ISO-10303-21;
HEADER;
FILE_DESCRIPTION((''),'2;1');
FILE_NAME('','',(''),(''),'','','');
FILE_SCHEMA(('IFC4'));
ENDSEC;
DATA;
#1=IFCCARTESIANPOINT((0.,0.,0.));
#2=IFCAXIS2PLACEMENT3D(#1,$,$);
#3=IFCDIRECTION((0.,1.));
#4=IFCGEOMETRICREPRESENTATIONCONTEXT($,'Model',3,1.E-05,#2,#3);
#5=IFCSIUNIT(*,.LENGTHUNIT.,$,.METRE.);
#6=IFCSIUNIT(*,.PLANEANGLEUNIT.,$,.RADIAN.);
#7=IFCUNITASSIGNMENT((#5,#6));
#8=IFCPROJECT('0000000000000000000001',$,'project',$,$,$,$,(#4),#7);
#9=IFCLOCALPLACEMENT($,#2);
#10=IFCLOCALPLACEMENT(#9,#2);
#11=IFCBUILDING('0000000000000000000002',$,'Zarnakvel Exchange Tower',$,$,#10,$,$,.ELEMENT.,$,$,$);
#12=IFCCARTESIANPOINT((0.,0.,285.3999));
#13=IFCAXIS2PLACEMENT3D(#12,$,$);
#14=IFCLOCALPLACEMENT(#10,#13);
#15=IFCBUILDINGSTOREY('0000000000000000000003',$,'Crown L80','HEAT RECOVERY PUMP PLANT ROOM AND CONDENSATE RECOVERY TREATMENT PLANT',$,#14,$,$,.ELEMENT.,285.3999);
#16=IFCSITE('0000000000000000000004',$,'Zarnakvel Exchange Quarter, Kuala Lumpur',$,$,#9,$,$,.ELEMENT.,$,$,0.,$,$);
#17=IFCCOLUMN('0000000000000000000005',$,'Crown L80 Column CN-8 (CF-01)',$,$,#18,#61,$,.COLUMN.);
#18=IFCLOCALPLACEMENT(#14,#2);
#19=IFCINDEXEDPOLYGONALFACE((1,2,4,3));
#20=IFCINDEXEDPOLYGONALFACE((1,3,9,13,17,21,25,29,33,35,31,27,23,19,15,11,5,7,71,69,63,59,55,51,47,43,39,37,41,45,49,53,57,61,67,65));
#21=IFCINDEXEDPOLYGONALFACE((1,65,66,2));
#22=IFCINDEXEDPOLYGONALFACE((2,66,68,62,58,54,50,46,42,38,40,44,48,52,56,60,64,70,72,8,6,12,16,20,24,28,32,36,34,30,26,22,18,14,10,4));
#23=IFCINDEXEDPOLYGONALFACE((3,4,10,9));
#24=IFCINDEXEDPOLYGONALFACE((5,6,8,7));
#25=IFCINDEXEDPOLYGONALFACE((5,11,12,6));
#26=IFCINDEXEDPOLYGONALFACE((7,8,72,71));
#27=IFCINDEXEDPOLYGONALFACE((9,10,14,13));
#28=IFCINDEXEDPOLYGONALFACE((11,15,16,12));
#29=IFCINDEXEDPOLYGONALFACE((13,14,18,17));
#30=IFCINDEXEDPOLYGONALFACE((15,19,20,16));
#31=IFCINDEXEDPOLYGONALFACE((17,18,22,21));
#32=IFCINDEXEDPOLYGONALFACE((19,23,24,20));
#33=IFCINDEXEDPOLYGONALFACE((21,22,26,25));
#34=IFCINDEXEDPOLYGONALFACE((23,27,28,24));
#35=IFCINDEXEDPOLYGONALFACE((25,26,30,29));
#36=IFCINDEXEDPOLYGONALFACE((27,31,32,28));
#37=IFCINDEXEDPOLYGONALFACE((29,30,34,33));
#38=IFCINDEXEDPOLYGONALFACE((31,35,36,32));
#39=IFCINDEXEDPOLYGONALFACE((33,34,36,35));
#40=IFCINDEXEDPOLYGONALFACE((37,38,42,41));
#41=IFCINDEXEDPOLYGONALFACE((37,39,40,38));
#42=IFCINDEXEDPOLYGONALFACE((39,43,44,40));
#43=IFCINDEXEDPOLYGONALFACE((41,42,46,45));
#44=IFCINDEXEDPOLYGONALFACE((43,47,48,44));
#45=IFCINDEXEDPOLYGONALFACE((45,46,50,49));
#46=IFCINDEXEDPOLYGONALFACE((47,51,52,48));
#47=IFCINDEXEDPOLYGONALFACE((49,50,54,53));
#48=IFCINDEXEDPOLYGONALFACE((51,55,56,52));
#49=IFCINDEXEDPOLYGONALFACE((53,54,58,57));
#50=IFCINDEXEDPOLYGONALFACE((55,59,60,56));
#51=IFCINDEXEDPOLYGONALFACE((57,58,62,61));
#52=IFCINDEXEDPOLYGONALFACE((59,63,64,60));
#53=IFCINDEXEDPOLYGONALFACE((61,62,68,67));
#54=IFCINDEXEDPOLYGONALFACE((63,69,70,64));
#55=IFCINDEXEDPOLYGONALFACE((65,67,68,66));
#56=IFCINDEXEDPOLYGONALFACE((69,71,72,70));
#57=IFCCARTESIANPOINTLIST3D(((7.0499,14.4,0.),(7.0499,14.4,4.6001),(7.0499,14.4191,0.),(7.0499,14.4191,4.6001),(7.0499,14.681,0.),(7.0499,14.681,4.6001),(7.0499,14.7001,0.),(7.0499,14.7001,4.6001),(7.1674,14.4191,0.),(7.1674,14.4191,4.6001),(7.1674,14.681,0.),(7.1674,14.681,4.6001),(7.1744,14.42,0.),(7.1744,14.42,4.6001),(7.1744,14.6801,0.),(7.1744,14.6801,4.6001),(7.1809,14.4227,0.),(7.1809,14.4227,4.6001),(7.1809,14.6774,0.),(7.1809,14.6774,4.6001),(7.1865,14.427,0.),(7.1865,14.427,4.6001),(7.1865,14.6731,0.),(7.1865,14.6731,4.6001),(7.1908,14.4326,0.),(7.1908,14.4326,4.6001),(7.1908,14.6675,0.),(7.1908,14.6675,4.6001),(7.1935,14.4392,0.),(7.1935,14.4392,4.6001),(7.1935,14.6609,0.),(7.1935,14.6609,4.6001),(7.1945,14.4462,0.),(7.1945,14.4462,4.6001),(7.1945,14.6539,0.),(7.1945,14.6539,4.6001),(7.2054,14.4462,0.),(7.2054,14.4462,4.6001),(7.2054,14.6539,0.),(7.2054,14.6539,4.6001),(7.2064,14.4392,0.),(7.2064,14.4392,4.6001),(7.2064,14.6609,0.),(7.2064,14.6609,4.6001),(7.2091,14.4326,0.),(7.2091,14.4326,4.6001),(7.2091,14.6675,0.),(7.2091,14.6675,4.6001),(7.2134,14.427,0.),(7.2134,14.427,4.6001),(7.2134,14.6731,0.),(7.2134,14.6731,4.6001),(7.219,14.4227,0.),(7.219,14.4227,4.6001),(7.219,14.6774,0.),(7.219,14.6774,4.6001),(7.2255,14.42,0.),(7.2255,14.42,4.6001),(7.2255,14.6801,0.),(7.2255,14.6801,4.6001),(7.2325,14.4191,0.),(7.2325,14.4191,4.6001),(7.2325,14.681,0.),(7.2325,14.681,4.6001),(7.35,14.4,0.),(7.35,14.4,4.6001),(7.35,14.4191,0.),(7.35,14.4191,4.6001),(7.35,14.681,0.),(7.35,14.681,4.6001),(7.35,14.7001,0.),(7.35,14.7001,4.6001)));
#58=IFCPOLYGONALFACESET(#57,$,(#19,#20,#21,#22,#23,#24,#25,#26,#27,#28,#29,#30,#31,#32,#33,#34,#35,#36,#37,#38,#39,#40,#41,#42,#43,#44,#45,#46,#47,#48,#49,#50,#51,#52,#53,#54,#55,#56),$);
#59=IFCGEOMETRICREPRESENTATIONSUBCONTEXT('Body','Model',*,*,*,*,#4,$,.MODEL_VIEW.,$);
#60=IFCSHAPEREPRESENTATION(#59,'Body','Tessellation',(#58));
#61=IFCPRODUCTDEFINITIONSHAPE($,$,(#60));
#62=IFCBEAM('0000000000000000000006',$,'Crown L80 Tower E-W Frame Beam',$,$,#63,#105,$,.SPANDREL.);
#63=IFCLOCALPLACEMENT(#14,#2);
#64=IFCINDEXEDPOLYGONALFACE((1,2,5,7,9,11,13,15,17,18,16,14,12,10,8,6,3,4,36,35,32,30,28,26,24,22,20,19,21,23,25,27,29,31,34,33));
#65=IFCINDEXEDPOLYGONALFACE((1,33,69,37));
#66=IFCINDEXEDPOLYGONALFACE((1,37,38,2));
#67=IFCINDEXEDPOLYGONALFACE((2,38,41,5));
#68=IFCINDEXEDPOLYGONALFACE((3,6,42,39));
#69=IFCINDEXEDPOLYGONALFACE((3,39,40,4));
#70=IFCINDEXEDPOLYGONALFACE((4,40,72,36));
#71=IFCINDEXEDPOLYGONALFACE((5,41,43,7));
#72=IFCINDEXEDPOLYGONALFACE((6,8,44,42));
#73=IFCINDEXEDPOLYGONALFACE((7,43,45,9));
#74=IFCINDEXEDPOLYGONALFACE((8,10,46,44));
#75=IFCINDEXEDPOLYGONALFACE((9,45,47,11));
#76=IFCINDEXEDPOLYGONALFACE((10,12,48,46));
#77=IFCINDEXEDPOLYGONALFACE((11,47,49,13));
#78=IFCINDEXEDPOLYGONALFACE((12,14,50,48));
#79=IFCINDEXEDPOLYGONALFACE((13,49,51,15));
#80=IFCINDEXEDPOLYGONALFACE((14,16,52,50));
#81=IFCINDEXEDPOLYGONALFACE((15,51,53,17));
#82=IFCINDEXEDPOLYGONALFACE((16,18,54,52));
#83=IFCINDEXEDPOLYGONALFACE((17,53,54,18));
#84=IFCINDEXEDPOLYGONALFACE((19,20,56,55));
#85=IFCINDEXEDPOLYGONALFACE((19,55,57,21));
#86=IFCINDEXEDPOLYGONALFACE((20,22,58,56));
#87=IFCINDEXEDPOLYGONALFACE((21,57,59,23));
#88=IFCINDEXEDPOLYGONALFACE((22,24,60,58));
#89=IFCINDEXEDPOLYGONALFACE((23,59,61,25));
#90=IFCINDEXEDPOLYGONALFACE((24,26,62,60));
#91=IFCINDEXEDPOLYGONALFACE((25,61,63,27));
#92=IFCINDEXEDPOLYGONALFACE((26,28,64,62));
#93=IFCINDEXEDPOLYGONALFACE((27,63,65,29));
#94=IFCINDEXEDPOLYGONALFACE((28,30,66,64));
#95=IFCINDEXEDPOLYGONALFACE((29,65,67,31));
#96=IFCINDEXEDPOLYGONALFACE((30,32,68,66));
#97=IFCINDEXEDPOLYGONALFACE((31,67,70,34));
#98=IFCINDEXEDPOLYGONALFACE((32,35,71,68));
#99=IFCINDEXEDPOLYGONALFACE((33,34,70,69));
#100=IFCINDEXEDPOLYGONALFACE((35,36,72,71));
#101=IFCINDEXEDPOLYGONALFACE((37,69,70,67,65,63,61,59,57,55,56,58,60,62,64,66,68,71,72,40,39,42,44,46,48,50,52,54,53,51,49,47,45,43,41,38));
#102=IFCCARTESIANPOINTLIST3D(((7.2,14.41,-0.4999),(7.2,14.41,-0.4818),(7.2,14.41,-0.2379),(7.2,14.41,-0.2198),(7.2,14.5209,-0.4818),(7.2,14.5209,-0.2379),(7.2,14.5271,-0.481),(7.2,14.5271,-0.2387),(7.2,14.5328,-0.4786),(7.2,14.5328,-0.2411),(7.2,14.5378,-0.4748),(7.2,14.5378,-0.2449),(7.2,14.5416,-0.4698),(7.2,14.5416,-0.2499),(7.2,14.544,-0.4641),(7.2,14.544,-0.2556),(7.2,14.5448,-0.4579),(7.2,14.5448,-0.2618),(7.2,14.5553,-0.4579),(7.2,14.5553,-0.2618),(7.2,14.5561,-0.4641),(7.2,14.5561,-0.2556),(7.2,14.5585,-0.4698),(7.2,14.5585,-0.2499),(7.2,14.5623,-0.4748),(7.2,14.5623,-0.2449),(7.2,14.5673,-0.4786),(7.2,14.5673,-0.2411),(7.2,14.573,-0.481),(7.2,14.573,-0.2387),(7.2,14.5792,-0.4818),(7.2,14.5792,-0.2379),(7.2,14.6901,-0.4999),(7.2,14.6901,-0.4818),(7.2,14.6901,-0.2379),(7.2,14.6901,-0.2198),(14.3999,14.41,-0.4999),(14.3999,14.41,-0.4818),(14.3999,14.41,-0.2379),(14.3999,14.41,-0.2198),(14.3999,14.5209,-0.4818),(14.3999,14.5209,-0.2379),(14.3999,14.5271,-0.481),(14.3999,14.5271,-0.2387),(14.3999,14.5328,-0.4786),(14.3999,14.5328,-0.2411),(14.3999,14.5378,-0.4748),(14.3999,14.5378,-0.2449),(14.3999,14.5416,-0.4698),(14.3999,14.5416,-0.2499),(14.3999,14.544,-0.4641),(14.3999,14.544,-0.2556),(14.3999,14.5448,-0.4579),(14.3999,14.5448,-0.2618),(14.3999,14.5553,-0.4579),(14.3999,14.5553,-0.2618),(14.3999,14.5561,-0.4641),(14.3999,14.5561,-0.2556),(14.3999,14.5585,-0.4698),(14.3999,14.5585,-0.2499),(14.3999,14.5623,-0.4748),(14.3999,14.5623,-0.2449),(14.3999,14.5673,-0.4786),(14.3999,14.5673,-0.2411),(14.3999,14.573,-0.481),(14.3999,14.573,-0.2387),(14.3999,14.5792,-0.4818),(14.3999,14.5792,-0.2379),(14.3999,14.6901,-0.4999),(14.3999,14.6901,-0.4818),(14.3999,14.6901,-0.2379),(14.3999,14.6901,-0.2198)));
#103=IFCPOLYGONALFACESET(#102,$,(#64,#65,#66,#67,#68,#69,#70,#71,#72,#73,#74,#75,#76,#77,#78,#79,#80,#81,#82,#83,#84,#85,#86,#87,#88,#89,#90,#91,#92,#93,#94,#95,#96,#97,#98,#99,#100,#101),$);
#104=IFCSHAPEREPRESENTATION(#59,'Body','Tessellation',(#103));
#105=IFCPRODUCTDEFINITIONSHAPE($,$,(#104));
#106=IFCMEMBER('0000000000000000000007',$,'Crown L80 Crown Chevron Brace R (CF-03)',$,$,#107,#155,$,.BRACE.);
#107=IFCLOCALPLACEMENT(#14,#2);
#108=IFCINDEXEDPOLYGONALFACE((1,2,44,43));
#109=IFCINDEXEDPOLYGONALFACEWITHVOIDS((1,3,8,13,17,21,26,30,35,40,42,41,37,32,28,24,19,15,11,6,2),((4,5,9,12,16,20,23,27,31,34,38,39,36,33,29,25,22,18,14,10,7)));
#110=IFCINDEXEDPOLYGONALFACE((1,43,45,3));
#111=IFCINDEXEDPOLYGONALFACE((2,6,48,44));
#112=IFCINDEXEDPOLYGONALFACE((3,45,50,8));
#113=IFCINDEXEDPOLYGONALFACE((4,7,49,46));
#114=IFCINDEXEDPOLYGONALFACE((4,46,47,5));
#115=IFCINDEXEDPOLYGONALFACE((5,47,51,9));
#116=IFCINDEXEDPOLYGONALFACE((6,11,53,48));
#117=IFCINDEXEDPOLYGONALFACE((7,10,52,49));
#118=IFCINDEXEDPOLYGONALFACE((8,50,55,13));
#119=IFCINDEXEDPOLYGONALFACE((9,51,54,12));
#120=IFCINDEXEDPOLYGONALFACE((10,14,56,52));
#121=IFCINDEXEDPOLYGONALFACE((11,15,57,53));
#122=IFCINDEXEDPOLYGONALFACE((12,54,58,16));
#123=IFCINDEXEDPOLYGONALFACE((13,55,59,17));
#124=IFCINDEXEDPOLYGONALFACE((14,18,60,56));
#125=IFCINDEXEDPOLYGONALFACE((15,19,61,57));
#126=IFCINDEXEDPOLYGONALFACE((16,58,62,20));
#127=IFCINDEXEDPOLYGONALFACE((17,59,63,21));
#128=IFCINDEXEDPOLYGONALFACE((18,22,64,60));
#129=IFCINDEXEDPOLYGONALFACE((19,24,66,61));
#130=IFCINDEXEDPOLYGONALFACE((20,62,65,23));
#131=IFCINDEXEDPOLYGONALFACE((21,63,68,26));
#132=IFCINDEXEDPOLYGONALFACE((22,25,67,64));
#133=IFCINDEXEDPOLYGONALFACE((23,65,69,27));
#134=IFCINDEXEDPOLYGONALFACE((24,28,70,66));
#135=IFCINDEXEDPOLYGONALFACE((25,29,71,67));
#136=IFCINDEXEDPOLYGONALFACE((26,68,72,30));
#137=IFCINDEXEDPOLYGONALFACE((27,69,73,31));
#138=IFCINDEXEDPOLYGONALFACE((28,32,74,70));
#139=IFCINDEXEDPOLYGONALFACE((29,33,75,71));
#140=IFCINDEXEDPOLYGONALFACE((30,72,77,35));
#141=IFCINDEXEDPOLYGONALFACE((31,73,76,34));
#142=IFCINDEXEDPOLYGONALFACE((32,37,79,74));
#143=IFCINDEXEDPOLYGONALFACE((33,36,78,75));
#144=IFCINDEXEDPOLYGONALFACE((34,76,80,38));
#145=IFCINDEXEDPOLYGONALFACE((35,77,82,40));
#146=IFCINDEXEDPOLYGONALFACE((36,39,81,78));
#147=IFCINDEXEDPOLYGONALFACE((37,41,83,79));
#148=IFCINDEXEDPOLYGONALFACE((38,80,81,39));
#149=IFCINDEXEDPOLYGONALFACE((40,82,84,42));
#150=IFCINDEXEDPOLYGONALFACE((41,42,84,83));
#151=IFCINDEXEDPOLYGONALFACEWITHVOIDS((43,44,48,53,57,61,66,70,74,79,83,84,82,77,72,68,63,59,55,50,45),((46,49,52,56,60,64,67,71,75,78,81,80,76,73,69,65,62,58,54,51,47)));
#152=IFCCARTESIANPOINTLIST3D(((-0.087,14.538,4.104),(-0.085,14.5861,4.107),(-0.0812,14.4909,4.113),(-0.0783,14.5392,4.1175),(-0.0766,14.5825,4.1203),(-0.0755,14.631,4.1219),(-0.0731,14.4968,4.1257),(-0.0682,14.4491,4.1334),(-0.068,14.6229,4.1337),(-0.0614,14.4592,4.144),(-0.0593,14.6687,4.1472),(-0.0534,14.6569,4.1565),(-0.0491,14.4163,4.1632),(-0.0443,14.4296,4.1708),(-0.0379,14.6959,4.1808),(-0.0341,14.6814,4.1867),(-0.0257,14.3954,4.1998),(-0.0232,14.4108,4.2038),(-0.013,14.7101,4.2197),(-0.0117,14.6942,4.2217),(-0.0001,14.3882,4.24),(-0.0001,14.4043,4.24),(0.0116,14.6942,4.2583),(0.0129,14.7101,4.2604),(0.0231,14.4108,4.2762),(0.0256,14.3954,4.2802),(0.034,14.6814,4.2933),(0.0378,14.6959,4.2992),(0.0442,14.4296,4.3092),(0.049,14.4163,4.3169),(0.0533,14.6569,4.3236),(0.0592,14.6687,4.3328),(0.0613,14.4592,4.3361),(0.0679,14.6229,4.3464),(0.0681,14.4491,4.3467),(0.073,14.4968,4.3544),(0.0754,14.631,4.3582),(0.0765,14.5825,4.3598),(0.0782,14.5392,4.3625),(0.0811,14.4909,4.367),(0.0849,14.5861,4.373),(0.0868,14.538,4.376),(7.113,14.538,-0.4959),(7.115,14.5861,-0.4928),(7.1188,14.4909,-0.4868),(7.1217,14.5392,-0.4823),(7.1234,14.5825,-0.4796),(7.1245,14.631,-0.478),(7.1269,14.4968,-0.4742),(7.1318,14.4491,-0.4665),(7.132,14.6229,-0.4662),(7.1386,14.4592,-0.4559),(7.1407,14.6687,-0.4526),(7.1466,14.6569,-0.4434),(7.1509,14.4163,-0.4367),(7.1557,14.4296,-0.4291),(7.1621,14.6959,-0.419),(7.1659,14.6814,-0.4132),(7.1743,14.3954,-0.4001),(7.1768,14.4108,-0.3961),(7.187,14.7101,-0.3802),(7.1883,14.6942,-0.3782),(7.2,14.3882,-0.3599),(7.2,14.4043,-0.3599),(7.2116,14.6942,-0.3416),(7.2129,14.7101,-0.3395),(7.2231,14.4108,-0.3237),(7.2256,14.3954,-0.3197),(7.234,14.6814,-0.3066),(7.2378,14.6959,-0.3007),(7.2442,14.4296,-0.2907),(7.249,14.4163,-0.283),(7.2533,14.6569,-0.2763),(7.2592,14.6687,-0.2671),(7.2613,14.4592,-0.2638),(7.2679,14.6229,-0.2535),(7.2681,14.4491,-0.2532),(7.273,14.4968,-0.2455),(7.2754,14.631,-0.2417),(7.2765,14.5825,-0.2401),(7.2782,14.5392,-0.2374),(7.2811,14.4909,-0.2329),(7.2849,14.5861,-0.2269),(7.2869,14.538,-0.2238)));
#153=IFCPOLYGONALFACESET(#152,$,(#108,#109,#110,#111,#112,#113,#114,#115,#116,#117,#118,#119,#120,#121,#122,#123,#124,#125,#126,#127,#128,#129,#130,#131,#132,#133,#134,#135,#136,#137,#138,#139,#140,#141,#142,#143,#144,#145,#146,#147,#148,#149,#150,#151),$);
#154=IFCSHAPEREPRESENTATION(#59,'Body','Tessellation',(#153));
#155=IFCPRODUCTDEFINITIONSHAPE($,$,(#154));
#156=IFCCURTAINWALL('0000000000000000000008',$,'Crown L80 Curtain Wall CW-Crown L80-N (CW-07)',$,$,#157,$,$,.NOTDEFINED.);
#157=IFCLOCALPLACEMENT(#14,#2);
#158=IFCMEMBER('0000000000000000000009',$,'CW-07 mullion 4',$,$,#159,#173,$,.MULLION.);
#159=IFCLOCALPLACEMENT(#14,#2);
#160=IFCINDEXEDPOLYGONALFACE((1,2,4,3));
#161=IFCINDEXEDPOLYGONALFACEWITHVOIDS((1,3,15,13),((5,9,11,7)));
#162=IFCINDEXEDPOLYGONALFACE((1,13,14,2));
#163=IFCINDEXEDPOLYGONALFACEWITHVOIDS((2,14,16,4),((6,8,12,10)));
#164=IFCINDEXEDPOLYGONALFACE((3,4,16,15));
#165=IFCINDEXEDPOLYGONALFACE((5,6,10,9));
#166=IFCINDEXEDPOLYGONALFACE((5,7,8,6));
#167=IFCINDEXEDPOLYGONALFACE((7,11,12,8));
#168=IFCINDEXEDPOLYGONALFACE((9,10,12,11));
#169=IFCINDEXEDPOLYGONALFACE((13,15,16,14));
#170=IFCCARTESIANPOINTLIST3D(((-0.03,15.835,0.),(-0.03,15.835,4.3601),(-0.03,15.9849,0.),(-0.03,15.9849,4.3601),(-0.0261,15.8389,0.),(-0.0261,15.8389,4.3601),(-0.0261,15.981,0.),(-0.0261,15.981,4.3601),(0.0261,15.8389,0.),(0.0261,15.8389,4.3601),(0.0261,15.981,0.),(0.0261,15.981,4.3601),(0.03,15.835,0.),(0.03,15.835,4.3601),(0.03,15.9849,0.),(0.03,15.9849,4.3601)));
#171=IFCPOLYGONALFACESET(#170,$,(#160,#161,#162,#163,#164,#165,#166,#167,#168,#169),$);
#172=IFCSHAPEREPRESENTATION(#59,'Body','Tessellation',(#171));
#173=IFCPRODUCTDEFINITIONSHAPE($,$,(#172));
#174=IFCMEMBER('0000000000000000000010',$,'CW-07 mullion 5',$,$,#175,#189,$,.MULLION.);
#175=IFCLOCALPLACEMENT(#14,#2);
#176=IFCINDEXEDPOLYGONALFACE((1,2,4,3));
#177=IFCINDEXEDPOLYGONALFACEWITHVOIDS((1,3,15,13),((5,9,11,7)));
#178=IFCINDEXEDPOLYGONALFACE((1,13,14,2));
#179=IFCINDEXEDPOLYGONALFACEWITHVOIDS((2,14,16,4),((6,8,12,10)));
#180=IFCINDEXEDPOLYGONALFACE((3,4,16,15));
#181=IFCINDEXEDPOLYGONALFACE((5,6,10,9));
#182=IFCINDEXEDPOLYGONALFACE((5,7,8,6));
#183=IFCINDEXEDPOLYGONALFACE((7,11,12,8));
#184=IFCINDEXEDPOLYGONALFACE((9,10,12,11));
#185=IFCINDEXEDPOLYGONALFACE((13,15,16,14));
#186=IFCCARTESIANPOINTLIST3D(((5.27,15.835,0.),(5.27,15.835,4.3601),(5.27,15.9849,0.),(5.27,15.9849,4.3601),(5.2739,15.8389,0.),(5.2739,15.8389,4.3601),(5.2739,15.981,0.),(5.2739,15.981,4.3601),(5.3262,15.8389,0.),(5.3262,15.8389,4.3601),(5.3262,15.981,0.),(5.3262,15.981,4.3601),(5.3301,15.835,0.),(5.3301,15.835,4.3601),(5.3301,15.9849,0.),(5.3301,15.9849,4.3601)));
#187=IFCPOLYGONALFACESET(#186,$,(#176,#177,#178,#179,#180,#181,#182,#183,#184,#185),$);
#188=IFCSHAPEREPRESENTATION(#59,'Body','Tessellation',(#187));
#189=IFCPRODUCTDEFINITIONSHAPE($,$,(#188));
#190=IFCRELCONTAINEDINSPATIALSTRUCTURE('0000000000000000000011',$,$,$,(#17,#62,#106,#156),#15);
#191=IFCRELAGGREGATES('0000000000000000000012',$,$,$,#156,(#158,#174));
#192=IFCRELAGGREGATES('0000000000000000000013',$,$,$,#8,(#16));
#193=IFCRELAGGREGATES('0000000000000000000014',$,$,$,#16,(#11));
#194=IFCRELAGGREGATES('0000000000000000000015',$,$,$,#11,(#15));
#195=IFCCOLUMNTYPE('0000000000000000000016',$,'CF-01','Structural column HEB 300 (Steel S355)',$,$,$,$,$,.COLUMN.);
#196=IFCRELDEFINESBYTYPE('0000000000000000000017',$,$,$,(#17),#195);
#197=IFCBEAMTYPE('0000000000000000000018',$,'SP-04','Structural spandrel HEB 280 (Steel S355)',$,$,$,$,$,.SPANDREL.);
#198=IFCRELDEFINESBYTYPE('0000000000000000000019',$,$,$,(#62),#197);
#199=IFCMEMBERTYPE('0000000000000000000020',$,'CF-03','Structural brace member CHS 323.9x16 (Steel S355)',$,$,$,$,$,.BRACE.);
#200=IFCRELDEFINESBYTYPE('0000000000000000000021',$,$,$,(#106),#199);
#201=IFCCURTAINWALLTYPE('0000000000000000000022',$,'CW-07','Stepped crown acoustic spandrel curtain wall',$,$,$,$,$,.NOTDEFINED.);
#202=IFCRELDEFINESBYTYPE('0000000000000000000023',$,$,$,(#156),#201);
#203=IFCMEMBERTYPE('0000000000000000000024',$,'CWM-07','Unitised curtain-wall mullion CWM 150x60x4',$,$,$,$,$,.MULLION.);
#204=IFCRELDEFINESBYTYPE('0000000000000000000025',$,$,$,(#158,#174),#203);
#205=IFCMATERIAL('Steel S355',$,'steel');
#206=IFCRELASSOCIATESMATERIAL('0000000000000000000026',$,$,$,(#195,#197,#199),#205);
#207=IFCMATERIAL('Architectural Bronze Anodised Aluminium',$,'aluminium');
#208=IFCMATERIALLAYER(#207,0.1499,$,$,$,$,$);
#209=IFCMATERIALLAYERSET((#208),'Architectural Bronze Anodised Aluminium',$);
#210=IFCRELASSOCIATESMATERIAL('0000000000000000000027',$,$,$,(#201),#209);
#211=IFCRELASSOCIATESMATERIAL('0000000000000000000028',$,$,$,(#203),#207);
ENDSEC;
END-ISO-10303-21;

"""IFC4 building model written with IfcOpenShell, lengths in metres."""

from ifc_helpers import new_model, si_unit, direction, frame, origin, origin_2d, place, context, subcontext, project, spatial, hollow_rectangle, hollow_circle, i_section, extrude, source, transform, mapped, material, layer, layer_set, material_profile, profile_set, type_object, element, aggregate, save


model = new_model("IFC4")

# Units and contexts
model_context = context("Model", 3, precision=1e-05, world=origin(), true_north=direction((0.0, 1.0)))
body_context = subcontext(model_context, "Body", "Model", "MODEL_VIEW")
ifc_project = project(units=[si_unit("LENGTHUNIT", "METRE"), si_unit("PLANEANGLEUNIT", "RADIAN")], contexts=[model_context])

# Site, building, storey
site_placement = place(None, origin())
site = spatial("IfcSite", under=ifc_project, at=site_placement, Name="Zarnakvel Exchange Quarter, Kuala Lumpur", CompositionType="ELEMENT", RefElevation=0.0)
building_placement = place(site_placement, origin())
building = spatial("IfcBuilding", under=site, at=building_placement, Name="Zarnakvel Exchange Tower", CompositionType="ELEMENT")
storey_placement = place(building_placement, frame((0.0, 0.0, 285.3999)))
storey = spatial("IfcBuildingStorey", under=building, at=storey_placement, Name="Crown L80", Description="HEAT RECOVERY PUMP PLANT ROOM AND CONDENSATE RECOVERY TREATMENT PLANT", CompositionType="ELEMENT", Elevation=285.3999)

# Column
ifc_material_1 = material(Name="Steel S355", Category="steel")
ifc_material_profile_1 = material_profile(ifc_material_1, i_section(OverallWidth=0.3, OverallDepth=0.3, WebThickness=0.011, FlangeThickness=0.019, FilletRadius=0.0271, at=origin_2d()))
ifc_profile_set_1 = profile_set([ifc_material_profile_1], Name="Steel S355")
column_type = type_object("IfcColumnType", Name="CF-01", Description="Structural column HEB 300 (Steel S355)", PredefinedType="COLUMN", material=ifc_profile_set_1)
column_placement = place(storey_placement, frame((7.2, 14.55, 0.0), z_axis=(0.0, 0.0, 1.0), x_axis=(1.0, 0.0, 0.0)))
element("IfcColumn", 1, at=column_placement, inside=storey, type_object=column_type, Name="Crown L80 Column CN-8 (CF-01)", PredefinedType="COLUMN", context=body_context, shape_type="SweptSolid", body=[
    extrude(i_section(OverallWidth=0.3, OverallDepth=0.3, WebThickness=0.011, FlangeThickness=0.019, FilletRadius=0.0271, at=origin_2d()), origin(), (0.0, 0.0, 1.0), 4.6001),
])

# Beam
ifc_material_profile_2 = material_profile(ifc_material_1, i_section(OverallWidth=0.28, OverallDepth=0.28, WebThickness=0.0105, FlangeThickness=0.0181, FilletRadius=0.0239, at=origin_2d()))
ifc_profile_set_2 = profile_set([ifc_material_profile_2], Name="Steel S355")
beam_type = type_object("IfcBeamType", Name="SP-04", Description="Structural spandrel HEB 280 (Steel S355)", PredefinedType="SPANDREL", material=ifc_profile_set_2)
beam_placement = place(storey_placement, frame((7.2, 14.55, -0.3599), z_axis=(1.0, 0.0, 0.0), x_axis=(0.0, 1.0, 0.0)))
element("IfcBeam", 2, at=beam_placement, inside=storey, type_object=beam_type, Name="Crown L80 Tower E-W Frame Beam", PredefinedType="SPANDREL", context=body_context, shape_type="SweptSolid", body=[
    extrude(i_section(OverallWidth=0.28, OverallDepth=0.28, WebThickness=0.0105, FlangeThickness=0.0181, FilletRadius=0.0239, at=origin_2d()), origin(), (0.0, 0.0, 1.0), 7.2),
])

# Member
ifc_material_profile_3 = material_profile(ifc_material_1, hollow_circle(Radius=0.1619, WallThickness=0.0161, at=origin_2d()))
ifc_profile_set_3 = profile_set([ifc_material_profile_3], Name="Steel S355")
member_type_1 = type_object("IfcMemberType", Name="CF-03", Description="Structural brace member CHS 323.9x16 (Steel S355)", PredefinedType="BRACE", material=ifc_profile_set_3)
shared_shape_1 = source(origin(), body_context, "Body", "SweptSolid", [
    extrude(hollow_circle(Radius=0.1619, WallThickness=0.0161, at=origin_2d()), origin(), (0.0, 0.0, 1.0), 8.5439),
])
member_1_placement = place(storey_placement, frame((7.2, 14.55, -0.3599), z_axis=(-0.842702, 0.0, 0.53838), x_axis=(0.0, -1.0, 0.0)))
element("IfcMember", 3, at=member_1_placement, inside=storey, type_object=member_type_1, Name="Crown L80 Crown Chevron Brace R (CF-03)", PredefinedType="BRACE", context=body_context, shape_type="MappedRepresentation", body=[
    mapped(shared_shape_1, transform((0.0, 0.0, 0.0), x_axis=(1.0, 0.0, 0.0), y_axis=(0.0, 1.0, 0.0), z_axis=(0.0, 0.0, 1.0), scale=1.0)),
])

# Curtain wall, members
ifc_material_2 = material(Name="Architectural Bronze Anodised Aluminium", Category="aluminium")
ifc_layer_1 = layer(ifc_material_2, 0.1499)
ifc_layer_set_1 = layer_set([ifc_layer_1], Name="Architectural Bronze Anodised Aluminium")
curtain_wall_type = type_object("IfcCurtainWallType", Name="CW-07", Description="Stepped crown acoustic spandrel curtain wall", PredefinedType="NOTDEFINED", material=ifc_layer_set_1)
curtain_wall_placement = place(storey_placement, origin())
curtain_wall = element("IfcCurtainWall", 4, at=curtain_wall_placement, inside=storey, type_object=curtain_wall_type, Name="Crown L80 Curtain Wall CW-Crown L80-N (CW-07)", PredefinedType="NOTDEFINED")
ifc_material_profile_4 = material_profile(ifc_material_2, hollow_rectangle(XDim=0.1499, YDim=0.0601, WallThickness=0.0039, at=origin_2d()))
ifc_profile_set_4 = profile_set([ifc_material_profile_4], Name="Architectural Bronze Anodised Aluminium")
member_type_2 = type_object("IfcMemberType", Name="CWM-07", Description="Unitised curtain-wall mullion CWM 150x60x4", PredefinedType="MULLION", material=ifc_profile_set_4)
shared_shape_2 = source(origin(), body_context, "Body", "SweptSolid", [
    extrude(hollow_rectangle(XDim=0.1499, YDim=0.0601, WallThickness=0.0039, at=origin_2d()), origin(), (0.0, 0.0, 1.0), 4.3601),
])
member_2_placement = place(storey_placement, frame((0.0, 15.9099, 0.0), z_axis=(0.0, 0.0, 1.0), x_axis=(0.0, 1.0, 0.0)))
member_2 = element("IfcMember", 5, at=member_2_placement, type_object=member_type_2, Name="CW-07 mullion 4", PredefinedType="MULLION", context=body_context, shape_type="MappedRepresentation", body=[
    mapped(shared_shape_2, transform((0.0, 0.0, 0.0), x_axis=(1.0, 0.0, 0.0), y_axis=(0.0, 1.0, 0.0), z_axis=(0.0, 0.0, 1.0), scale=1.0)),
])
member_3_placement = place(storey_placement, frame((5.3, 15.9099, 0.0), z_axis=(0.0, 0.0, 1.0), x_axis=(0.0, 1.0, 0.0)))
member_3 = element("IfcMember", 6, at=member_3_placement, type_object=member_type_2, Name="CW-07 mullion 5", PredefinedType="MULLION", context=body_context, shape_type="MappedRepresentation", body=[
    mapped(shared_shape_2, transform((0.0, 0.0, 0.0), x_axis=(1.0, 0.0, 0.0), y_axis=(0.0, 1.0, 0.0), z_axis=(0.0, 0.0, 1.0), scale=1.0)),
])

aggregate(curtain_wall, [member_2, member_3])

save(model, "model.ifc")
